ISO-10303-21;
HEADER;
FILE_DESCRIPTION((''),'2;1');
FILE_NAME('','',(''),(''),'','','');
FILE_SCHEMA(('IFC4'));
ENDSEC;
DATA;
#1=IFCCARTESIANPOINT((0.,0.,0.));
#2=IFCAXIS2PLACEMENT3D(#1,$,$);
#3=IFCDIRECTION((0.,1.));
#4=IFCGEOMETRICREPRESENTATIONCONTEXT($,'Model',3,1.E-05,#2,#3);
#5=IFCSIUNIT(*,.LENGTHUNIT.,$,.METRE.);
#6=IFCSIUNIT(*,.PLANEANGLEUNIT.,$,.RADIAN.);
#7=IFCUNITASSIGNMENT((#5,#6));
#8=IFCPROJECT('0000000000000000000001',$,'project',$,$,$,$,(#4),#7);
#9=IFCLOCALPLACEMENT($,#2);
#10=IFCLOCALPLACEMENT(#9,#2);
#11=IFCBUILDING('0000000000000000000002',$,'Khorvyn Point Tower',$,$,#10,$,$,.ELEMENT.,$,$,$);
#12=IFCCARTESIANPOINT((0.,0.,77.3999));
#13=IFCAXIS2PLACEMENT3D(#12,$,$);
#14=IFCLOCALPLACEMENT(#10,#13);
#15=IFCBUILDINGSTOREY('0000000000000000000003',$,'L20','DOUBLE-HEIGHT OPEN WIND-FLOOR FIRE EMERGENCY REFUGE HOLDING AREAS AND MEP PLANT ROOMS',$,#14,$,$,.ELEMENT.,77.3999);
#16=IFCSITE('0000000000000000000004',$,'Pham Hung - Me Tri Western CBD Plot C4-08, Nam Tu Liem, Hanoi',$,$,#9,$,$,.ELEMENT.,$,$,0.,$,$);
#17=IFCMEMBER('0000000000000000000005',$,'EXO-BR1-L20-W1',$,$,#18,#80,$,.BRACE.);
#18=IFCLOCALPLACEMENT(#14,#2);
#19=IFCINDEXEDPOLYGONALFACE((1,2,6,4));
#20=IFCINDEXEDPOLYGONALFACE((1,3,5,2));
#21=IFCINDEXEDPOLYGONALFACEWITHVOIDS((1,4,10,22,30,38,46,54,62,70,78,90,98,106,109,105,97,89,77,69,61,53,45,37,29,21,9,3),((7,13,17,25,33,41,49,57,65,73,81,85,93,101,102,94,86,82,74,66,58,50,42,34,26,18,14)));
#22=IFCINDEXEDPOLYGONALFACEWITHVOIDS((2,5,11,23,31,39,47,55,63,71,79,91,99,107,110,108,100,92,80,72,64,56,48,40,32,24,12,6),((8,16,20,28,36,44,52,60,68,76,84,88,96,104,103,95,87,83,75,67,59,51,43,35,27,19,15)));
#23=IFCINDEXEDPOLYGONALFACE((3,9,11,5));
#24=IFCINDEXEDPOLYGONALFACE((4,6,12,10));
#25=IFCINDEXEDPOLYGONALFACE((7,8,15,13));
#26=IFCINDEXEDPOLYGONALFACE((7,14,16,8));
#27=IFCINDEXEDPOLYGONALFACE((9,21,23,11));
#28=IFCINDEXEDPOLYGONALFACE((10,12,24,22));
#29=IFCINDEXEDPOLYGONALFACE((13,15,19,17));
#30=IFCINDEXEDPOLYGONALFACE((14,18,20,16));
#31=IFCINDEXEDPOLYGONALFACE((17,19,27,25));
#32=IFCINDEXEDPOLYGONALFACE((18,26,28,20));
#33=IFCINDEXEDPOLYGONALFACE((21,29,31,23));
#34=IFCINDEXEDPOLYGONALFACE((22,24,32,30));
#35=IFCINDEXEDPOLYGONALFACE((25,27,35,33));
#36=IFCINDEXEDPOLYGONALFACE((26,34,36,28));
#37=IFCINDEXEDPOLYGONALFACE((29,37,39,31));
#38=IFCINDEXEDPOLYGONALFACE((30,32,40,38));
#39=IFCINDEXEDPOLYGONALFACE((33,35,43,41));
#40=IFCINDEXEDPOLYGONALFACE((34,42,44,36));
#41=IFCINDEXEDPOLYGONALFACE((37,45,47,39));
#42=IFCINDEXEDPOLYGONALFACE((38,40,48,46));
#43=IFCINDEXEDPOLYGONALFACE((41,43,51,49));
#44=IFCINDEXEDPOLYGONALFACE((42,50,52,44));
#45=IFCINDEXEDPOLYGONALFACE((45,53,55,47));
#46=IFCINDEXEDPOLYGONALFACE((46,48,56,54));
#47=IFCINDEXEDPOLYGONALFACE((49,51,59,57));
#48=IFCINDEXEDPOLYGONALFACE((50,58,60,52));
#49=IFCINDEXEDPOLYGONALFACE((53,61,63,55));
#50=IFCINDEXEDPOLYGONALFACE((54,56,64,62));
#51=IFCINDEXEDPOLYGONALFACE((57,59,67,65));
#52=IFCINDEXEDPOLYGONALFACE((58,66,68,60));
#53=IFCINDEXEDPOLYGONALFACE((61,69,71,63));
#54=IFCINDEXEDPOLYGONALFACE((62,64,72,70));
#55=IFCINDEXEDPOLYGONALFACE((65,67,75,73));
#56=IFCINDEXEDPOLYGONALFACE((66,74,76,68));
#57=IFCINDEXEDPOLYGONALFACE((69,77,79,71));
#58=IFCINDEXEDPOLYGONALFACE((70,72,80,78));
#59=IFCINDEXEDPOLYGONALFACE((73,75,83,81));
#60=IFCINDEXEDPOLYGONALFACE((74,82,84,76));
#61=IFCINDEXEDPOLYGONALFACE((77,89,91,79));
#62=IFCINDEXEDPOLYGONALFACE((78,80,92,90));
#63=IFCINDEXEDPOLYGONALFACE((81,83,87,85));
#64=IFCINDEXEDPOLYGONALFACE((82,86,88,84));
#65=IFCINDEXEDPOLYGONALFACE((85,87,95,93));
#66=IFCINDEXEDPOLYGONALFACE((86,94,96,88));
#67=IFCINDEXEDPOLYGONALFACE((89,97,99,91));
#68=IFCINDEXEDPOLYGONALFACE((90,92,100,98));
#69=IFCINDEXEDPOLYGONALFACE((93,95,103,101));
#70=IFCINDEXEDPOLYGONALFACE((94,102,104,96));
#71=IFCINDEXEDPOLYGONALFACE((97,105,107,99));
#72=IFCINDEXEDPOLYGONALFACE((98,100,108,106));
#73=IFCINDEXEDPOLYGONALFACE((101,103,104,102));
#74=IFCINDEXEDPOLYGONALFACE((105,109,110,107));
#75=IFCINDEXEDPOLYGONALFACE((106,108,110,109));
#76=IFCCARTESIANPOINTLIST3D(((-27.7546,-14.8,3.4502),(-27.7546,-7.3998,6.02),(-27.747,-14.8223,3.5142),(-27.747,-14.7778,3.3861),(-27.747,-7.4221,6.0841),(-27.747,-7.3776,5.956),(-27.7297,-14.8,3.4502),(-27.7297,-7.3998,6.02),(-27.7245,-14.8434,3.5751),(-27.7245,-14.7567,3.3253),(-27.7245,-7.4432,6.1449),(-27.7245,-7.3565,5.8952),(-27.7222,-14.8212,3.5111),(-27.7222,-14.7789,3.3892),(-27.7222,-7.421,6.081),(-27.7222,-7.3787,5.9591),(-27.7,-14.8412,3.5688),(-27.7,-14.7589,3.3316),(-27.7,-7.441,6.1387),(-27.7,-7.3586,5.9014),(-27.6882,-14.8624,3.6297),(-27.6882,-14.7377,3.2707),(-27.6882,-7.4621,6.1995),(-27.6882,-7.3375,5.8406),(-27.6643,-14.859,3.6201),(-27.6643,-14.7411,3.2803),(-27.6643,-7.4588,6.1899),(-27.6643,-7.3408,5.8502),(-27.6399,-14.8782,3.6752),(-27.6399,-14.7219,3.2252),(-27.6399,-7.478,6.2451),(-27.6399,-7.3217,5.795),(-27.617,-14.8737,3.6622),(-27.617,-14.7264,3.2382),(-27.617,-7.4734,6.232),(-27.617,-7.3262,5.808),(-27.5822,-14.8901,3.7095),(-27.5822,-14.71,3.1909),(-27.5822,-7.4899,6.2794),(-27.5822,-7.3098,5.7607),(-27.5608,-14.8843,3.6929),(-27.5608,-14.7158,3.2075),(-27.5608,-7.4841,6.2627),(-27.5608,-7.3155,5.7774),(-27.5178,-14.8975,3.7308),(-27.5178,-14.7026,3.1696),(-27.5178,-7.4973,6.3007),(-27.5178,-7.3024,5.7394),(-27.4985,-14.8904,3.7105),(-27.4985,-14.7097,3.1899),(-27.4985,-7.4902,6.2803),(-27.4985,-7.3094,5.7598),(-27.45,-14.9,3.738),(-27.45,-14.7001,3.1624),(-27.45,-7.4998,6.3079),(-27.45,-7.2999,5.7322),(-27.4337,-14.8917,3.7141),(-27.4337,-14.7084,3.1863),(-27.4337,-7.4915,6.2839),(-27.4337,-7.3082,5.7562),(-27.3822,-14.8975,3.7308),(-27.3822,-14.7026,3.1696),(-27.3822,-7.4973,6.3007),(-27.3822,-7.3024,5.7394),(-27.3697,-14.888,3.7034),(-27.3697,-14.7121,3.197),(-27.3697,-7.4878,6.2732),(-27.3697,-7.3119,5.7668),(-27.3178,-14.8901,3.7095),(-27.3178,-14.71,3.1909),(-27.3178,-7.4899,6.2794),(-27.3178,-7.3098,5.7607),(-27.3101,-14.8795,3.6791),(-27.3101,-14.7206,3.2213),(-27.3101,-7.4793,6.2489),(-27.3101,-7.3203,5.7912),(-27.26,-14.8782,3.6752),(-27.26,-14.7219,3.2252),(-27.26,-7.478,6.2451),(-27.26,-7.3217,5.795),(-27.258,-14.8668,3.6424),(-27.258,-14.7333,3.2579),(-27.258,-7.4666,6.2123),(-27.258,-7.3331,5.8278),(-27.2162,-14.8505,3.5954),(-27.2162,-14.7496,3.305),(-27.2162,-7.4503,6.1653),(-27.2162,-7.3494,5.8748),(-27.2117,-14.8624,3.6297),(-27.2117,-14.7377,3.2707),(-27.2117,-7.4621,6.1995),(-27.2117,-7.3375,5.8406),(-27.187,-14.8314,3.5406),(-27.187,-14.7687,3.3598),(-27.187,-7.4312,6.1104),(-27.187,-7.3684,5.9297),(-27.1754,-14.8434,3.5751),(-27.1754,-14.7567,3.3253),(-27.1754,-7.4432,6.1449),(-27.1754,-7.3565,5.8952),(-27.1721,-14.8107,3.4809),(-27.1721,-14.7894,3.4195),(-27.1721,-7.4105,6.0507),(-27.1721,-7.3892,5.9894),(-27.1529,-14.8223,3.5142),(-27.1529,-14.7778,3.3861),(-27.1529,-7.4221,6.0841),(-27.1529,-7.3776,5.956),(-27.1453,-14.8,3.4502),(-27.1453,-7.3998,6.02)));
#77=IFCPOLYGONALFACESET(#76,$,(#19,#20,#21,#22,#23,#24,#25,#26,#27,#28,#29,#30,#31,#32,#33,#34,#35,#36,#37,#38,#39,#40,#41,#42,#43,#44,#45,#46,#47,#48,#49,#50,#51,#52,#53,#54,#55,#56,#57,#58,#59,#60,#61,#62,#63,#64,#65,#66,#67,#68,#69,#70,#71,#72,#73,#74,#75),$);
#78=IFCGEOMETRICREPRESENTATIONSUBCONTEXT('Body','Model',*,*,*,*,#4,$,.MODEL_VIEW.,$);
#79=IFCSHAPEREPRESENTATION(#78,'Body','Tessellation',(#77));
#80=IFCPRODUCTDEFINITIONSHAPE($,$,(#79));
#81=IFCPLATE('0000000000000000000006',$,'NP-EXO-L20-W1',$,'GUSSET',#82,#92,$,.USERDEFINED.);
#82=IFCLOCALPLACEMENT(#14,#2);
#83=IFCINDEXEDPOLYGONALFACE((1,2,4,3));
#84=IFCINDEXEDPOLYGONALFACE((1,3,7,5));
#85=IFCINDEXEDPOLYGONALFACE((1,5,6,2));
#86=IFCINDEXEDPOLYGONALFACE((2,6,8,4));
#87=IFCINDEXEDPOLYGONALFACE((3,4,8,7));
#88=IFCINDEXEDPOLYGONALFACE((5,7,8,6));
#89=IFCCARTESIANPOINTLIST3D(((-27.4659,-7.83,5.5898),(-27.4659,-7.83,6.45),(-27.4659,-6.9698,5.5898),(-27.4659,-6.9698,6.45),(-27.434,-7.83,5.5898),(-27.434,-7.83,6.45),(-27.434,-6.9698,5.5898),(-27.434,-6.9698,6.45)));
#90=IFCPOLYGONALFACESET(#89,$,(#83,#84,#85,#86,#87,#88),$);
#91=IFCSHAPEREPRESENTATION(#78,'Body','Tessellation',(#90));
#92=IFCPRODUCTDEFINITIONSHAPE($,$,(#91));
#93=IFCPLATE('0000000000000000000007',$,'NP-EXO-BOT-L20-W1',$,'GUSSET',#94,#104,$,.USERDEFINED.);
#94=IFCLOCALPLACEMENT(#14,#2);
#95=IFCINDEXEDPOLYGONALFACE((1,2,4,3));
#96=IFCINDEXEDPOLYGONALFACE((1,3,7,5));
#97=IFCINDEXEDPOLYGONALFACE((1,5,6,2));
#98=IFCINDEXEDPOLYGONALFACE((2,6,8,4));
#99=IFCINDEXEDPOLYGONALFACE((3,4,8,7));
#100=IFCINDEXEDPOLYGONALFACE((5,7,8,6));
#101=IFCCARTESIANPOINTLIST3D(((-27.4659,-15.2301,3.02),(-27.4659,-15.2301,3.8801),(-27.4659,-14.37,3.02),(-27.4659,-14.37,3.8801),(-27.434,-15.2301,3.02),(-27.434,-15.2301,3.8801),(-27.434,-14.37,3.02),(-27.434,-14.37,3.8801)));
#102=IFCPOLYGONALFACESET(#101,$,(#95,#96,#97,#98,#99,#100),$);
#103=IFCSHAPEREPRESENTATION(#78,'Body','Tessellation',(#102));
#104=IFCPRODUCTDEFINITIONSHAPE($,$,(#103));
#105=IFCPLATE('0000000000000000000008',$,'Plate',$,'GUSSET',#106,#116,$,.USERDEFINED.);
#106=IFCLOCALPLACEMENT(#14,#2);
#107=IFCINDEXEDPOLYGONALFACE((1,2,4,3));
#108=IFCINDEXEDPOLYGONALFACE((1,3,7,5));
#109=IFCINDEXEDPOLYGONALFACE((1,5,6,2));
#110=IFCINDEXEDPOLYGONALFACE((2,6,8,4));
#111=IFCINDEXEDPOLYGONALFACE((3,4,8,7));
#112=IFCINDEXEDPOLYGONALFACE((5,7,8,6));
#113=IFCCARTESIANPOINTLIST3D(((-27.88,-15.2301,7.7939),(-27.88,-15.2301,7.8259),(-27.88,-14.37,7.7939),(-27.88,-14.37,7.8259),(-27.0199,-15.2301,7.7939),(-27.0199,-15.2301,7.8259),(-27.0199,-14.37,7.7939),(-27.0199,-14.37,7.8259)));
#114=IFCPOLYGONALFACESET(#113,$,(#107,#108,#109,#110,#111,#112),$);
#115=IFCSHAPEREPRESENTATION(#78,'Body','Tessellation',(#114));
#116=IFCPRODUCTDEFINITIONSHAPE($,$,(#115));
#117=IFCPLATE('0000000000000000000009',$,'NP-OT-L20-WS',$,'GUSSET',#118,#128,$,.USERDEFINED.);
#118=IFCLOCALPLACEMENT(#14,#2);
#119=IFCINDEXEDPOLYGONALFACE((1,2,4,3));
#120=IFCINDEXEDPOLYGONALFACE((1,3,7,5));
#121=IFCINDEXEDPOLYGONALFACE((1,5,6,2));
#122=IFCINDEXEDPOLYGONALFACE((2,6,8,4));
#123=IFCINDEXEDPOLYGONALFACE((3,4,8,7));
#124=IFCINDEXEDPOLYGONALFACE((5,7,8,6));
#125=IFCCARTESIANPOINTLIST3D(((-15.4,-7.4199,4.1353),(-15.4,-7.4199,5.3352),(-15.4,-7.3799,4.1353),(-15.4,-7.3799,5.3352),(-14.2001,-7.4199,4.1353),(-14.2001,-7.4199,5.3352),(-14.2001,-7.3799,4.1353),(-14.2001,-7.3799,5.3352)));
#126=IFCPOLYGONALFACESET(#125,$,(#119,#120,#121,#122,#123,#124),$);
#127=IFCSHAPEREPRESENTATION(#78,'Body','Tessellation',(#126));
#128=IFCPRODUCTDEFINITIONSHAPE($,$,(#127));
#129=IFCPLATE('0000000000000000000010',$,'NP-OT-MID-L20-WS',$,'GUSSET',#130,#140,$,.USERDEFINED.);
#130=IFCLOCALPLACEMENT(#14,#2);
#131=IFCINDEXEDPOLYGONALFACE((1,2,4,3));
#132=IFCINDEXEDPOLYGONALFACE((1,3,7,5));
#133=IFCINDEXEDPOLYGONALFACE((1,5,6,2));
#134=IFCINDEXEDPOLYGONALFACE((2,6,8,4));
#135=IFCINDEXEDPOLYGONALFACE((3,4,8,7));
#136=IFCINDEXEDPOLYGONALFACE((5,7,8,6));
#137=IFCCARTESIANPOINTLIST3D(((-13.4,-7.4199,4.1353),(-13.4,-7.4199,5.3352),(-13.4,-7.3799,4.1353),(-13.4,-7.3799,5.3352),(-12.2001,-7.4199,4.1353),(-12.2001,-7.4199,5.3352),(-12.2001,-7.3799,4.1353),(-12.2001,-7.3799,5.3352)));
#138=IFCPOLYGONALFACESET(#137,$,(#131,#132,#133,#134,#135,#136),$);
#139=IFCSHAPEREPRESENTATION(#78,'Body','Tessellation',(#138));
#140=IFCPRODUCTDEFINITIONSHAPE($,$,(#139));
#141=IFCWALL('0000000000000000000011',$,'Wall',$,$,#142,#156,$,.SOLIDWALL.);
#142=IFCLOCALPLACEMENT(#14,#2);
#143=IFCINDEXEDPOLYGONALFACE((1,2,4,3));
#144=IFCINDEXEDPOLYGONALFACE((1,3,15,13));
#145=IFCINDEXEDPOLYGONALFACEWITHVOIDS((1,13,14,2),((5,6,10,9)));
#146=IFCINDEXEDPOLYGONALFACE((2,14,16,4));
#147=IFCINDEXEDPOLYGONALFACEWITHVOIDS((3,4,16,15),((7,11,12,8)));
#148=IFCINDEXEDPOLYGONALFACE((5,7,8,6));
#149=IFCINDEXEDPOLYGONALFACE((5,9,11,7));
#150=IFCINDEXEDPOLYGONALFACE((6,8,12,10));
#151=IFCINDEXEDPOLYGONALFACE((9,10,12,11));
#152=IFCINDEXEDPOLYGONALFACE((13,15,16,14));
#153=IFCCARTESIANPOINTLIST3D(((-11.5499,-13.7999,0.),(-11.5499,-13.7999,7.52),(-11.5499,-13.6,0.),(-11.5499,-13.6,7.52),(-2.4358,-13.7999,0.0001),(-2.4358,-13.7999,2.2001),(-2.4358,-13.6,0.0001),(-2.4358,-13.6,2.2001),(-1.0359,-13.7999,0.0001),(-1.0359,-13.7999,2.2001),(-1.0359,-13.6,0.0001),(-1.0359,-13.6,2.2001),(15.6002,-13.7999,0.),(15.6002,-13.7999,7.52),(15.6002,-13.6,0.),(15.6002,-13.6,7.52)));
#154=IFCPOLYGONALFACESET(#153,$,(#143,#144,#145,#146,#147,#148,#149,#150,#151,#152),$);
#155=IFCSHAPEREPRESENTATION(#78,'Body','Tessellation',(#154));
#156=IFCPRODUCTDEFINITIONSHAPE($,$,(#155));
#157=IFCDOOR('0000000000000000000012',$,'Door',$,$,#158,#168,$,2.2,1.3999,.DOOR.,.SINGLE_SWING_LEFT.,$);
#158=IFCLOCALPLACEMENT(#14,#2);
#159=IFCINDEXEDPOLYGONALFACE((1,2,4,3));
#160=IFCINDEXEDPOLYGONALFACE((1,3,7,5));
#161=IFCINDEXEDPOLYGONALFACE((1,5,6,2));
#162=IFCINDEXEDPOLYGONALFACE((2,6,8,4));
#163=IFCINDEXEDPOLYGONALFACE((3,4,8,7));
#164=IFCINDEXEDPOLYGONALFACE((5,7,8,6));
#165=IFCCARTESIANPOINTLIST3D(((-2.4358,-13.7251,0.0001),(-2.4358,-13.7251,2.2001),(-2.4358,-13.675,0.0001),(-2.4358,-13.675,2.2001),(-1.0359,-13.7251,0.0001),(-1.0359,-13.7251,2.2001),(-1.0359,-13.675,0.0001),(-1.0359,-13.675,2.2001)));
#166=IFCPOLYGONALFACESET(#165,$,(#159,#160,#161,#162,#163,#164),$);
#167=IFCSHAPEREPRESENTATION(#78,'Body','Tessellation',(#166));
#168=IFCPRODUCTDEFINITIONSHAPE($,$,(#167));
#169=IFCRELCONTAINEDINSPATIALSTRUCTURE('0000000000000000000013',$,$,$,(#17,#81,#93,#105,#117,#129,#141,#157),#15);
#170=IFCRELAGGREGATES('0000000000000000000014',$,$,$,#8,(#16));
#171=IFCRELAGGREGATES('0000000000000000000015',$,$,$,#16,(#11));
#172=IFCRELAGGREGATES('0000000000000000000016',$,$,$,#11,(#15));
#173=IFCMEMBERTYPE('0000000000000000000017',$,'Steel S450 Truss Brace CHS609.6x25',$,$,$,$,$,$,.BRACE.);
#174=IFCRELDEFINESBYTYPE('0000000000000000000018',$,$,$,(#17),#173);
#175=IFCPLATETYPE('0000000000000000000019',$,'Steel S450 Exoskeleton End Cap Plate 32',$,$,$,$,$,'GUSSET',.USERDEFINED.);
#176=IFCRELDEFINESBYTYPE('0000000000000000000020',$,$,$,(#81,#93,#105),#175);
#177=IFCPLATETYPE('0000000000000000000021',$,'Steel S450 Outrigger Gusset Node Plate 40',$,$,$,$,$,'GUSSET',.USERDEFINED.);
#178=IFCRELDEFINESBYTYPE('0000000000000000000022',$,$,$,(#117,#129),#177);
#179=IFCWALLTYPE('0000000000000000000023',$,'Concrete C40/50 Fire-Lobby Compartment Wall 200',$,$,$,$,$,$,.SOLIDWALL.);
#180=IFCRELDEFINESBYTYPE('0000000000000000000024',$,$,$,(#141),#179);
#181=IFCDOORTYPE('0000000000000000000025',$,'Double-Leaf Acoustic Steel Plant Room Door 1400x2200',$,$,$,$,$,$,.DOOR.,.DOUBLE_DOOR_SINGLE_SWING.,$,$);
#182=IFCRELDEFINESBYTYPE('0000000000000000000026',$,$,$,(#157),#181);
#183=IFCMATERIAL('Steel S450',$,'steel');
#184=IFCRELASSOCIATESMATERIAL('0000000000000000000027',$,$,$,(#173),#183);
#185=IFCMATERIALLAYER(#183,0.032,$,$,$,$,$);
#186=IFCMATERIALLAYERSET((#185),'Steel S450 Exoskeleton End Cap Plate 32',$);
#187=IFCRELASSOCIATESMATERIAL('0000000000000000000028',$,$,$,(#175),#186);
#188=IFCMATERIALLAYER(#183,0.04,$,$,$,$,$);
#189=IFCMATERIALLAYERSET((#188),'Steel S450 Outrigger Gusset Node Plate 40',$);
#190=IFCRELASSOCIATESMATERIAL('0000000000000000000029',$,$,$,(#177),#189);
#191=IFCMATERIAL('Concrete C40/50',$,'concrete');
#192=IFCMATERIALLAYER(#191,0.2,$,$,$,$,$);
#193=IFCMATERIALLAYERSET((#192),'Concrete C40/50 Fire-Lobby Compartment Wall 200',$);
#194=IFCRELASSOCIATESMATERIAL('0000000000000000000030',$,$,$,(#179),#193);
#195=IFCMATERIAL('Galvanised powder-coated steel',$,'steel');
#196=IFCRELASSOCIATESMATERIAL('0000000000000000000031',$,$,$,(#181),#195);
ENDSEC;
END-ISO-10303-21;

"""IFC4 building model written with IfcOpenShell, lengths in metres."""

from ifc_helpers import new_model, si_unit, direction, frame, frame_2d, origin, origin_2d, place, context, subcontext, project, spatial, rectangle, hollow_circle, extrude, material, layer, layer_set, material_profile, profile_set, type_object, element, fill, save


model = new_model("IFC4")

# Units and contexts
model_context = context("Model", 3, precision=1e-05, world=origin(), true_north=direction((0.0, 1.0)))
body_context = subcontext(model_context, "Body", "Model", "MODEL_VIEW")
ifc_project = project(units=[si_unit("LENGTHUNIT", "METRE"), si_unit("PLANEANGLEUNIT", "RADIAN")], contexts=[model_context])

# Site, building, storey
site_placement = place(None, origin())
site = spatial("IfcSite", under=ifc_project, at=site_placement, Name="Pham Hung - Me Tri Western CBD Plot C4-08, Nam Tu Liem, Hanoi", CompositionType="ELEMENT", RefElevation=0.0)
building_placement = place(site_placement, origin())
building = spatial("IfcBuilding", under=site, at=building_placement, Name="Khorvyn Point Tower", CompositionType="ELEMENT")
storey_placement = place(building_placement, frame((0.0, 0.0, 77.3999)))
storey = spatial("IfcBuildingStorey", under=building, at=storey_placement, Name="L20", Description="DOUBLE-HEIGHT OPEN WIND-FLOOR FIRE EMERGENCY REFUGE HOLDING AREAS AND MEP PLANT ROOMS", CompositionType="ELEMENT", Elevation=77.3999)

# Shared definitions
ifc_material_1 = material(Name="Steel S450", Category="steel")

# Member
ifc_material_profile_1 = material_profile(ifc_material_1, hollow_circle(Radius=0.3047, WallThickness=0.0249, at=origin_2d()))
ifc_profile_set_1 = profile_set([ifc_material_profile_1], Name="Steel S450 CHS609.6x25")
member_type_1 = type_object("IfcMemberType", Name="Steel S450 Truss Brace CHS609.6x25", PredefinedType="BRACE", material=ifc_profile_set_1)
member_1_placement = place(storey_placement, frame((-27.45, -14.8, 3.4502), z_axis=(0.0, 0.944661, 0.328049), x_axis=(-1.0, 0.0, 0.0)))
element("IfcMember", 1, at=member_1_placement, inside=storey, type_object=member_type_1, Name="EXO-BR1-L20-W1", PredefinedType="BRACE", context=body_context, shape_type="SweptSolid", body=[
    extrude(hollow_circle(Radius=0.3047, WallThickness=0.0249, at=origin_2d()), origin(), (0.0, 0.0, 1.0), 7.8337),
])

# Plates
ifc_layer_1 = layer(ifc_material_1, 0.032)
ifc_layer_set_1 = layer_set([ifc_layer_1], Name="Steel S450 Exoskeleton End Cap Plate 32")
plate_type_1 = type_object("IfcPlateType", Name="Steel S450 Exoskeleton End Cap Plate 32", ElementType="GUSSET", PredefinedType="USERDEFINED", material=ifc_layer_set_1)
for number, where, z_axis, x_axis, name in (
    (2, (-27.45, -7.3999, 5.5898), (0.0, 0.0, 1.0), (1.0, 0.0, 0.0), "NP-EXO-L20-W1"),
    (3, (-27.45, -14.8, 3.02), (0.0, 0.0, 1.0), (1.0, 0.0, 0.0), "NP-EXO-BOT-L20-W1"),
):
    element("IfcPlate", number, at=place(storey_placement, frame(where, z_axis=z_axis, x_axis=x_axis)), inside=storey, type_object=plate_type_1, Name=name, ObjectType="GUSSET", PredefinedType="USERDEFINED", context=body_context, shape_type="SweptSolid", body=[
        extrude(rectangle(XDim=0.032, YDim=0.8601, at=origin_2d()), origin(), (0.0, 0.0, 1.0), 0.8601),
    ])
plate_placement = place(storey_placement, frame((-27.45, -14.8, 7.7939), z_axis=(0.0, 0.0, 1.0), x_axis=(1.0, 0.0, 0.0)))
element("IfcPlate", 4, at=plate_placement, inside=storey, type_object=plate_type_1, Name="Plate", ObjectType="GUSSET", PredefinedType="USERDEFINED", context=body_context, shape_type="SweptSolid", body=[
    extrude(rectangle(XDim=0.8601, YDim=0.8601, at=origin_2d()), origin(), (0.0, 0.0, 1.0), 0.032),
])
ifc_layer_2 = layer(ifc_material_1, 0.04)
ifc_layer_set_2 = layer_set([ifc_layer_2], Name="Steel S450 Outrigger Gusset Node Plate 40")
plate_type_2 = type_object("IfcPlateType", Name="Steel S450 Outrigger Gusset Node Plate 40", ElementType="GUSSET", PredefinedType="USERDEFINED", material=ifc_layer_set_2)
for number, where, z_axis, x_axis, name in (
    (5, (-14.8, -7.3999, 4.1353), (0.0, 0.0, 1.0), (1.0, 0.0, 0.0), "NP-OT-L20-WS"),
    (6, (-12.8, -7.3999, 4.1353), (0.0, 0.0, 1.0), (1.0, 0.0, 0.0), "NP-OT-MID-L20-WS"),
):
    element("IfcPlate", number, at=place(storey_placement, frame(where, z_axis=z_axis, x_axis=x_axis)), inside=storey, type_object=plate_type_2, Name=name, ObjectType="GUSSET", PredefinedType="USERDEFINED", context=body_context, shape_type="SweptSolid", body=[
        extrude(rectangle(XDim=1.2, YDim=0.04, at=origin_2d()), origin(), (0.0, 0.0, 1.0), 1.2),
    ])

# Wall, opening, door
ifc_material_2 = material(Name="Concrete C40/50", Category="concrete")
ifc_layer_3 = layer(ifc_material_2, 0.2)
ifc_layer_set_3 = layer_set([ifc_layer_3], Name="Concrete C40/50 Fire-Lobby Compartment Wall 200")
wall_type_1 = type_object("IfcWallType", Name="Concrete C40/50 Fire-Lobby Compartment Wall 200", PredefinedType="SOLIDWALL", material=ifc_layer_set_3)
wall_1_placement = place(storey_placement, frame((-11.55, -13.7, 0.0), z_axis=(0.0, 0.0, 1.0), x_axis=(1.0, 0.0, 0.0)))
wall_1 = element("IfcWall", 7, at=wall_1_placement, inside=storey, type_object=wall_type_1, Name="Wall", PredefinedType="SOLIDWALL", context=body_context, shape_type="SweptSolid", body=[
    extrude(rectangle(XDim=27.1501, YDim=0.2, at=frame_2d((13.5752, 0.0))), origin(), (0.0, 0.0, 1.0), 7.52),
])
opening_1_placement = place(wall_1_placement, frame((9.1143, 0.0, 0.0)))
opening_1 = element("IfcOpeningElement", 8, at=opening_1_placement, cuts=wall_1, PredefinedType="OPENING", context=body_context, shape_type="SweptSolid", body=[
    extrude(rectangle(XDim=1.3999, YDim=2.2, at=frame_2d((0.7, 1.1001))), frame((0.0, 0.1099, 0.0), z_axis=(0.0, -1.0, 0.0), x_axis=(1.0, 0.0, 0.0)), (0.0, 0.0, 1.0), 0.22),
])
ifc_material_3 = material(Name="Galvanised powder-coated steel", Category="steel")
door_type_1 = type_object("IfcDoorType", Name="Double-Leaf Acoustic Steel Plant Room Door 1400x2200", OperationType="DOUBLE_DOOR_SINGLE_SWING", PredefinedType="DOOR", material=ifc_material_3)
door_1_placement = place(opening_1_placement, origin())
door_1 = element("IfcDoor", 9, at=door_1_placement, inside=storey, type_object=door_type_1, Name="Door", OperationType="SINGLE_SWING_LEFT", OverallHeight=2.2, OverallWidth=1.3999, PredefinedType="DOOR", context=body_context, shape_type="SweptSolid", body=[
    extrude(rectangle(XDim=1.3999, YDim=2.2, at=frame_2d((0.7, 1.1001))), frame((0.0, 0.0249, 0.0), z_axis=(0.0, -1.0, 0.0), x_axis=(1.0, 0.0, 0.0)), (0.0, 0.0, 1.0), 0.05),
])
fill(opening_1, door_1)

save(model, "model.ifc")
